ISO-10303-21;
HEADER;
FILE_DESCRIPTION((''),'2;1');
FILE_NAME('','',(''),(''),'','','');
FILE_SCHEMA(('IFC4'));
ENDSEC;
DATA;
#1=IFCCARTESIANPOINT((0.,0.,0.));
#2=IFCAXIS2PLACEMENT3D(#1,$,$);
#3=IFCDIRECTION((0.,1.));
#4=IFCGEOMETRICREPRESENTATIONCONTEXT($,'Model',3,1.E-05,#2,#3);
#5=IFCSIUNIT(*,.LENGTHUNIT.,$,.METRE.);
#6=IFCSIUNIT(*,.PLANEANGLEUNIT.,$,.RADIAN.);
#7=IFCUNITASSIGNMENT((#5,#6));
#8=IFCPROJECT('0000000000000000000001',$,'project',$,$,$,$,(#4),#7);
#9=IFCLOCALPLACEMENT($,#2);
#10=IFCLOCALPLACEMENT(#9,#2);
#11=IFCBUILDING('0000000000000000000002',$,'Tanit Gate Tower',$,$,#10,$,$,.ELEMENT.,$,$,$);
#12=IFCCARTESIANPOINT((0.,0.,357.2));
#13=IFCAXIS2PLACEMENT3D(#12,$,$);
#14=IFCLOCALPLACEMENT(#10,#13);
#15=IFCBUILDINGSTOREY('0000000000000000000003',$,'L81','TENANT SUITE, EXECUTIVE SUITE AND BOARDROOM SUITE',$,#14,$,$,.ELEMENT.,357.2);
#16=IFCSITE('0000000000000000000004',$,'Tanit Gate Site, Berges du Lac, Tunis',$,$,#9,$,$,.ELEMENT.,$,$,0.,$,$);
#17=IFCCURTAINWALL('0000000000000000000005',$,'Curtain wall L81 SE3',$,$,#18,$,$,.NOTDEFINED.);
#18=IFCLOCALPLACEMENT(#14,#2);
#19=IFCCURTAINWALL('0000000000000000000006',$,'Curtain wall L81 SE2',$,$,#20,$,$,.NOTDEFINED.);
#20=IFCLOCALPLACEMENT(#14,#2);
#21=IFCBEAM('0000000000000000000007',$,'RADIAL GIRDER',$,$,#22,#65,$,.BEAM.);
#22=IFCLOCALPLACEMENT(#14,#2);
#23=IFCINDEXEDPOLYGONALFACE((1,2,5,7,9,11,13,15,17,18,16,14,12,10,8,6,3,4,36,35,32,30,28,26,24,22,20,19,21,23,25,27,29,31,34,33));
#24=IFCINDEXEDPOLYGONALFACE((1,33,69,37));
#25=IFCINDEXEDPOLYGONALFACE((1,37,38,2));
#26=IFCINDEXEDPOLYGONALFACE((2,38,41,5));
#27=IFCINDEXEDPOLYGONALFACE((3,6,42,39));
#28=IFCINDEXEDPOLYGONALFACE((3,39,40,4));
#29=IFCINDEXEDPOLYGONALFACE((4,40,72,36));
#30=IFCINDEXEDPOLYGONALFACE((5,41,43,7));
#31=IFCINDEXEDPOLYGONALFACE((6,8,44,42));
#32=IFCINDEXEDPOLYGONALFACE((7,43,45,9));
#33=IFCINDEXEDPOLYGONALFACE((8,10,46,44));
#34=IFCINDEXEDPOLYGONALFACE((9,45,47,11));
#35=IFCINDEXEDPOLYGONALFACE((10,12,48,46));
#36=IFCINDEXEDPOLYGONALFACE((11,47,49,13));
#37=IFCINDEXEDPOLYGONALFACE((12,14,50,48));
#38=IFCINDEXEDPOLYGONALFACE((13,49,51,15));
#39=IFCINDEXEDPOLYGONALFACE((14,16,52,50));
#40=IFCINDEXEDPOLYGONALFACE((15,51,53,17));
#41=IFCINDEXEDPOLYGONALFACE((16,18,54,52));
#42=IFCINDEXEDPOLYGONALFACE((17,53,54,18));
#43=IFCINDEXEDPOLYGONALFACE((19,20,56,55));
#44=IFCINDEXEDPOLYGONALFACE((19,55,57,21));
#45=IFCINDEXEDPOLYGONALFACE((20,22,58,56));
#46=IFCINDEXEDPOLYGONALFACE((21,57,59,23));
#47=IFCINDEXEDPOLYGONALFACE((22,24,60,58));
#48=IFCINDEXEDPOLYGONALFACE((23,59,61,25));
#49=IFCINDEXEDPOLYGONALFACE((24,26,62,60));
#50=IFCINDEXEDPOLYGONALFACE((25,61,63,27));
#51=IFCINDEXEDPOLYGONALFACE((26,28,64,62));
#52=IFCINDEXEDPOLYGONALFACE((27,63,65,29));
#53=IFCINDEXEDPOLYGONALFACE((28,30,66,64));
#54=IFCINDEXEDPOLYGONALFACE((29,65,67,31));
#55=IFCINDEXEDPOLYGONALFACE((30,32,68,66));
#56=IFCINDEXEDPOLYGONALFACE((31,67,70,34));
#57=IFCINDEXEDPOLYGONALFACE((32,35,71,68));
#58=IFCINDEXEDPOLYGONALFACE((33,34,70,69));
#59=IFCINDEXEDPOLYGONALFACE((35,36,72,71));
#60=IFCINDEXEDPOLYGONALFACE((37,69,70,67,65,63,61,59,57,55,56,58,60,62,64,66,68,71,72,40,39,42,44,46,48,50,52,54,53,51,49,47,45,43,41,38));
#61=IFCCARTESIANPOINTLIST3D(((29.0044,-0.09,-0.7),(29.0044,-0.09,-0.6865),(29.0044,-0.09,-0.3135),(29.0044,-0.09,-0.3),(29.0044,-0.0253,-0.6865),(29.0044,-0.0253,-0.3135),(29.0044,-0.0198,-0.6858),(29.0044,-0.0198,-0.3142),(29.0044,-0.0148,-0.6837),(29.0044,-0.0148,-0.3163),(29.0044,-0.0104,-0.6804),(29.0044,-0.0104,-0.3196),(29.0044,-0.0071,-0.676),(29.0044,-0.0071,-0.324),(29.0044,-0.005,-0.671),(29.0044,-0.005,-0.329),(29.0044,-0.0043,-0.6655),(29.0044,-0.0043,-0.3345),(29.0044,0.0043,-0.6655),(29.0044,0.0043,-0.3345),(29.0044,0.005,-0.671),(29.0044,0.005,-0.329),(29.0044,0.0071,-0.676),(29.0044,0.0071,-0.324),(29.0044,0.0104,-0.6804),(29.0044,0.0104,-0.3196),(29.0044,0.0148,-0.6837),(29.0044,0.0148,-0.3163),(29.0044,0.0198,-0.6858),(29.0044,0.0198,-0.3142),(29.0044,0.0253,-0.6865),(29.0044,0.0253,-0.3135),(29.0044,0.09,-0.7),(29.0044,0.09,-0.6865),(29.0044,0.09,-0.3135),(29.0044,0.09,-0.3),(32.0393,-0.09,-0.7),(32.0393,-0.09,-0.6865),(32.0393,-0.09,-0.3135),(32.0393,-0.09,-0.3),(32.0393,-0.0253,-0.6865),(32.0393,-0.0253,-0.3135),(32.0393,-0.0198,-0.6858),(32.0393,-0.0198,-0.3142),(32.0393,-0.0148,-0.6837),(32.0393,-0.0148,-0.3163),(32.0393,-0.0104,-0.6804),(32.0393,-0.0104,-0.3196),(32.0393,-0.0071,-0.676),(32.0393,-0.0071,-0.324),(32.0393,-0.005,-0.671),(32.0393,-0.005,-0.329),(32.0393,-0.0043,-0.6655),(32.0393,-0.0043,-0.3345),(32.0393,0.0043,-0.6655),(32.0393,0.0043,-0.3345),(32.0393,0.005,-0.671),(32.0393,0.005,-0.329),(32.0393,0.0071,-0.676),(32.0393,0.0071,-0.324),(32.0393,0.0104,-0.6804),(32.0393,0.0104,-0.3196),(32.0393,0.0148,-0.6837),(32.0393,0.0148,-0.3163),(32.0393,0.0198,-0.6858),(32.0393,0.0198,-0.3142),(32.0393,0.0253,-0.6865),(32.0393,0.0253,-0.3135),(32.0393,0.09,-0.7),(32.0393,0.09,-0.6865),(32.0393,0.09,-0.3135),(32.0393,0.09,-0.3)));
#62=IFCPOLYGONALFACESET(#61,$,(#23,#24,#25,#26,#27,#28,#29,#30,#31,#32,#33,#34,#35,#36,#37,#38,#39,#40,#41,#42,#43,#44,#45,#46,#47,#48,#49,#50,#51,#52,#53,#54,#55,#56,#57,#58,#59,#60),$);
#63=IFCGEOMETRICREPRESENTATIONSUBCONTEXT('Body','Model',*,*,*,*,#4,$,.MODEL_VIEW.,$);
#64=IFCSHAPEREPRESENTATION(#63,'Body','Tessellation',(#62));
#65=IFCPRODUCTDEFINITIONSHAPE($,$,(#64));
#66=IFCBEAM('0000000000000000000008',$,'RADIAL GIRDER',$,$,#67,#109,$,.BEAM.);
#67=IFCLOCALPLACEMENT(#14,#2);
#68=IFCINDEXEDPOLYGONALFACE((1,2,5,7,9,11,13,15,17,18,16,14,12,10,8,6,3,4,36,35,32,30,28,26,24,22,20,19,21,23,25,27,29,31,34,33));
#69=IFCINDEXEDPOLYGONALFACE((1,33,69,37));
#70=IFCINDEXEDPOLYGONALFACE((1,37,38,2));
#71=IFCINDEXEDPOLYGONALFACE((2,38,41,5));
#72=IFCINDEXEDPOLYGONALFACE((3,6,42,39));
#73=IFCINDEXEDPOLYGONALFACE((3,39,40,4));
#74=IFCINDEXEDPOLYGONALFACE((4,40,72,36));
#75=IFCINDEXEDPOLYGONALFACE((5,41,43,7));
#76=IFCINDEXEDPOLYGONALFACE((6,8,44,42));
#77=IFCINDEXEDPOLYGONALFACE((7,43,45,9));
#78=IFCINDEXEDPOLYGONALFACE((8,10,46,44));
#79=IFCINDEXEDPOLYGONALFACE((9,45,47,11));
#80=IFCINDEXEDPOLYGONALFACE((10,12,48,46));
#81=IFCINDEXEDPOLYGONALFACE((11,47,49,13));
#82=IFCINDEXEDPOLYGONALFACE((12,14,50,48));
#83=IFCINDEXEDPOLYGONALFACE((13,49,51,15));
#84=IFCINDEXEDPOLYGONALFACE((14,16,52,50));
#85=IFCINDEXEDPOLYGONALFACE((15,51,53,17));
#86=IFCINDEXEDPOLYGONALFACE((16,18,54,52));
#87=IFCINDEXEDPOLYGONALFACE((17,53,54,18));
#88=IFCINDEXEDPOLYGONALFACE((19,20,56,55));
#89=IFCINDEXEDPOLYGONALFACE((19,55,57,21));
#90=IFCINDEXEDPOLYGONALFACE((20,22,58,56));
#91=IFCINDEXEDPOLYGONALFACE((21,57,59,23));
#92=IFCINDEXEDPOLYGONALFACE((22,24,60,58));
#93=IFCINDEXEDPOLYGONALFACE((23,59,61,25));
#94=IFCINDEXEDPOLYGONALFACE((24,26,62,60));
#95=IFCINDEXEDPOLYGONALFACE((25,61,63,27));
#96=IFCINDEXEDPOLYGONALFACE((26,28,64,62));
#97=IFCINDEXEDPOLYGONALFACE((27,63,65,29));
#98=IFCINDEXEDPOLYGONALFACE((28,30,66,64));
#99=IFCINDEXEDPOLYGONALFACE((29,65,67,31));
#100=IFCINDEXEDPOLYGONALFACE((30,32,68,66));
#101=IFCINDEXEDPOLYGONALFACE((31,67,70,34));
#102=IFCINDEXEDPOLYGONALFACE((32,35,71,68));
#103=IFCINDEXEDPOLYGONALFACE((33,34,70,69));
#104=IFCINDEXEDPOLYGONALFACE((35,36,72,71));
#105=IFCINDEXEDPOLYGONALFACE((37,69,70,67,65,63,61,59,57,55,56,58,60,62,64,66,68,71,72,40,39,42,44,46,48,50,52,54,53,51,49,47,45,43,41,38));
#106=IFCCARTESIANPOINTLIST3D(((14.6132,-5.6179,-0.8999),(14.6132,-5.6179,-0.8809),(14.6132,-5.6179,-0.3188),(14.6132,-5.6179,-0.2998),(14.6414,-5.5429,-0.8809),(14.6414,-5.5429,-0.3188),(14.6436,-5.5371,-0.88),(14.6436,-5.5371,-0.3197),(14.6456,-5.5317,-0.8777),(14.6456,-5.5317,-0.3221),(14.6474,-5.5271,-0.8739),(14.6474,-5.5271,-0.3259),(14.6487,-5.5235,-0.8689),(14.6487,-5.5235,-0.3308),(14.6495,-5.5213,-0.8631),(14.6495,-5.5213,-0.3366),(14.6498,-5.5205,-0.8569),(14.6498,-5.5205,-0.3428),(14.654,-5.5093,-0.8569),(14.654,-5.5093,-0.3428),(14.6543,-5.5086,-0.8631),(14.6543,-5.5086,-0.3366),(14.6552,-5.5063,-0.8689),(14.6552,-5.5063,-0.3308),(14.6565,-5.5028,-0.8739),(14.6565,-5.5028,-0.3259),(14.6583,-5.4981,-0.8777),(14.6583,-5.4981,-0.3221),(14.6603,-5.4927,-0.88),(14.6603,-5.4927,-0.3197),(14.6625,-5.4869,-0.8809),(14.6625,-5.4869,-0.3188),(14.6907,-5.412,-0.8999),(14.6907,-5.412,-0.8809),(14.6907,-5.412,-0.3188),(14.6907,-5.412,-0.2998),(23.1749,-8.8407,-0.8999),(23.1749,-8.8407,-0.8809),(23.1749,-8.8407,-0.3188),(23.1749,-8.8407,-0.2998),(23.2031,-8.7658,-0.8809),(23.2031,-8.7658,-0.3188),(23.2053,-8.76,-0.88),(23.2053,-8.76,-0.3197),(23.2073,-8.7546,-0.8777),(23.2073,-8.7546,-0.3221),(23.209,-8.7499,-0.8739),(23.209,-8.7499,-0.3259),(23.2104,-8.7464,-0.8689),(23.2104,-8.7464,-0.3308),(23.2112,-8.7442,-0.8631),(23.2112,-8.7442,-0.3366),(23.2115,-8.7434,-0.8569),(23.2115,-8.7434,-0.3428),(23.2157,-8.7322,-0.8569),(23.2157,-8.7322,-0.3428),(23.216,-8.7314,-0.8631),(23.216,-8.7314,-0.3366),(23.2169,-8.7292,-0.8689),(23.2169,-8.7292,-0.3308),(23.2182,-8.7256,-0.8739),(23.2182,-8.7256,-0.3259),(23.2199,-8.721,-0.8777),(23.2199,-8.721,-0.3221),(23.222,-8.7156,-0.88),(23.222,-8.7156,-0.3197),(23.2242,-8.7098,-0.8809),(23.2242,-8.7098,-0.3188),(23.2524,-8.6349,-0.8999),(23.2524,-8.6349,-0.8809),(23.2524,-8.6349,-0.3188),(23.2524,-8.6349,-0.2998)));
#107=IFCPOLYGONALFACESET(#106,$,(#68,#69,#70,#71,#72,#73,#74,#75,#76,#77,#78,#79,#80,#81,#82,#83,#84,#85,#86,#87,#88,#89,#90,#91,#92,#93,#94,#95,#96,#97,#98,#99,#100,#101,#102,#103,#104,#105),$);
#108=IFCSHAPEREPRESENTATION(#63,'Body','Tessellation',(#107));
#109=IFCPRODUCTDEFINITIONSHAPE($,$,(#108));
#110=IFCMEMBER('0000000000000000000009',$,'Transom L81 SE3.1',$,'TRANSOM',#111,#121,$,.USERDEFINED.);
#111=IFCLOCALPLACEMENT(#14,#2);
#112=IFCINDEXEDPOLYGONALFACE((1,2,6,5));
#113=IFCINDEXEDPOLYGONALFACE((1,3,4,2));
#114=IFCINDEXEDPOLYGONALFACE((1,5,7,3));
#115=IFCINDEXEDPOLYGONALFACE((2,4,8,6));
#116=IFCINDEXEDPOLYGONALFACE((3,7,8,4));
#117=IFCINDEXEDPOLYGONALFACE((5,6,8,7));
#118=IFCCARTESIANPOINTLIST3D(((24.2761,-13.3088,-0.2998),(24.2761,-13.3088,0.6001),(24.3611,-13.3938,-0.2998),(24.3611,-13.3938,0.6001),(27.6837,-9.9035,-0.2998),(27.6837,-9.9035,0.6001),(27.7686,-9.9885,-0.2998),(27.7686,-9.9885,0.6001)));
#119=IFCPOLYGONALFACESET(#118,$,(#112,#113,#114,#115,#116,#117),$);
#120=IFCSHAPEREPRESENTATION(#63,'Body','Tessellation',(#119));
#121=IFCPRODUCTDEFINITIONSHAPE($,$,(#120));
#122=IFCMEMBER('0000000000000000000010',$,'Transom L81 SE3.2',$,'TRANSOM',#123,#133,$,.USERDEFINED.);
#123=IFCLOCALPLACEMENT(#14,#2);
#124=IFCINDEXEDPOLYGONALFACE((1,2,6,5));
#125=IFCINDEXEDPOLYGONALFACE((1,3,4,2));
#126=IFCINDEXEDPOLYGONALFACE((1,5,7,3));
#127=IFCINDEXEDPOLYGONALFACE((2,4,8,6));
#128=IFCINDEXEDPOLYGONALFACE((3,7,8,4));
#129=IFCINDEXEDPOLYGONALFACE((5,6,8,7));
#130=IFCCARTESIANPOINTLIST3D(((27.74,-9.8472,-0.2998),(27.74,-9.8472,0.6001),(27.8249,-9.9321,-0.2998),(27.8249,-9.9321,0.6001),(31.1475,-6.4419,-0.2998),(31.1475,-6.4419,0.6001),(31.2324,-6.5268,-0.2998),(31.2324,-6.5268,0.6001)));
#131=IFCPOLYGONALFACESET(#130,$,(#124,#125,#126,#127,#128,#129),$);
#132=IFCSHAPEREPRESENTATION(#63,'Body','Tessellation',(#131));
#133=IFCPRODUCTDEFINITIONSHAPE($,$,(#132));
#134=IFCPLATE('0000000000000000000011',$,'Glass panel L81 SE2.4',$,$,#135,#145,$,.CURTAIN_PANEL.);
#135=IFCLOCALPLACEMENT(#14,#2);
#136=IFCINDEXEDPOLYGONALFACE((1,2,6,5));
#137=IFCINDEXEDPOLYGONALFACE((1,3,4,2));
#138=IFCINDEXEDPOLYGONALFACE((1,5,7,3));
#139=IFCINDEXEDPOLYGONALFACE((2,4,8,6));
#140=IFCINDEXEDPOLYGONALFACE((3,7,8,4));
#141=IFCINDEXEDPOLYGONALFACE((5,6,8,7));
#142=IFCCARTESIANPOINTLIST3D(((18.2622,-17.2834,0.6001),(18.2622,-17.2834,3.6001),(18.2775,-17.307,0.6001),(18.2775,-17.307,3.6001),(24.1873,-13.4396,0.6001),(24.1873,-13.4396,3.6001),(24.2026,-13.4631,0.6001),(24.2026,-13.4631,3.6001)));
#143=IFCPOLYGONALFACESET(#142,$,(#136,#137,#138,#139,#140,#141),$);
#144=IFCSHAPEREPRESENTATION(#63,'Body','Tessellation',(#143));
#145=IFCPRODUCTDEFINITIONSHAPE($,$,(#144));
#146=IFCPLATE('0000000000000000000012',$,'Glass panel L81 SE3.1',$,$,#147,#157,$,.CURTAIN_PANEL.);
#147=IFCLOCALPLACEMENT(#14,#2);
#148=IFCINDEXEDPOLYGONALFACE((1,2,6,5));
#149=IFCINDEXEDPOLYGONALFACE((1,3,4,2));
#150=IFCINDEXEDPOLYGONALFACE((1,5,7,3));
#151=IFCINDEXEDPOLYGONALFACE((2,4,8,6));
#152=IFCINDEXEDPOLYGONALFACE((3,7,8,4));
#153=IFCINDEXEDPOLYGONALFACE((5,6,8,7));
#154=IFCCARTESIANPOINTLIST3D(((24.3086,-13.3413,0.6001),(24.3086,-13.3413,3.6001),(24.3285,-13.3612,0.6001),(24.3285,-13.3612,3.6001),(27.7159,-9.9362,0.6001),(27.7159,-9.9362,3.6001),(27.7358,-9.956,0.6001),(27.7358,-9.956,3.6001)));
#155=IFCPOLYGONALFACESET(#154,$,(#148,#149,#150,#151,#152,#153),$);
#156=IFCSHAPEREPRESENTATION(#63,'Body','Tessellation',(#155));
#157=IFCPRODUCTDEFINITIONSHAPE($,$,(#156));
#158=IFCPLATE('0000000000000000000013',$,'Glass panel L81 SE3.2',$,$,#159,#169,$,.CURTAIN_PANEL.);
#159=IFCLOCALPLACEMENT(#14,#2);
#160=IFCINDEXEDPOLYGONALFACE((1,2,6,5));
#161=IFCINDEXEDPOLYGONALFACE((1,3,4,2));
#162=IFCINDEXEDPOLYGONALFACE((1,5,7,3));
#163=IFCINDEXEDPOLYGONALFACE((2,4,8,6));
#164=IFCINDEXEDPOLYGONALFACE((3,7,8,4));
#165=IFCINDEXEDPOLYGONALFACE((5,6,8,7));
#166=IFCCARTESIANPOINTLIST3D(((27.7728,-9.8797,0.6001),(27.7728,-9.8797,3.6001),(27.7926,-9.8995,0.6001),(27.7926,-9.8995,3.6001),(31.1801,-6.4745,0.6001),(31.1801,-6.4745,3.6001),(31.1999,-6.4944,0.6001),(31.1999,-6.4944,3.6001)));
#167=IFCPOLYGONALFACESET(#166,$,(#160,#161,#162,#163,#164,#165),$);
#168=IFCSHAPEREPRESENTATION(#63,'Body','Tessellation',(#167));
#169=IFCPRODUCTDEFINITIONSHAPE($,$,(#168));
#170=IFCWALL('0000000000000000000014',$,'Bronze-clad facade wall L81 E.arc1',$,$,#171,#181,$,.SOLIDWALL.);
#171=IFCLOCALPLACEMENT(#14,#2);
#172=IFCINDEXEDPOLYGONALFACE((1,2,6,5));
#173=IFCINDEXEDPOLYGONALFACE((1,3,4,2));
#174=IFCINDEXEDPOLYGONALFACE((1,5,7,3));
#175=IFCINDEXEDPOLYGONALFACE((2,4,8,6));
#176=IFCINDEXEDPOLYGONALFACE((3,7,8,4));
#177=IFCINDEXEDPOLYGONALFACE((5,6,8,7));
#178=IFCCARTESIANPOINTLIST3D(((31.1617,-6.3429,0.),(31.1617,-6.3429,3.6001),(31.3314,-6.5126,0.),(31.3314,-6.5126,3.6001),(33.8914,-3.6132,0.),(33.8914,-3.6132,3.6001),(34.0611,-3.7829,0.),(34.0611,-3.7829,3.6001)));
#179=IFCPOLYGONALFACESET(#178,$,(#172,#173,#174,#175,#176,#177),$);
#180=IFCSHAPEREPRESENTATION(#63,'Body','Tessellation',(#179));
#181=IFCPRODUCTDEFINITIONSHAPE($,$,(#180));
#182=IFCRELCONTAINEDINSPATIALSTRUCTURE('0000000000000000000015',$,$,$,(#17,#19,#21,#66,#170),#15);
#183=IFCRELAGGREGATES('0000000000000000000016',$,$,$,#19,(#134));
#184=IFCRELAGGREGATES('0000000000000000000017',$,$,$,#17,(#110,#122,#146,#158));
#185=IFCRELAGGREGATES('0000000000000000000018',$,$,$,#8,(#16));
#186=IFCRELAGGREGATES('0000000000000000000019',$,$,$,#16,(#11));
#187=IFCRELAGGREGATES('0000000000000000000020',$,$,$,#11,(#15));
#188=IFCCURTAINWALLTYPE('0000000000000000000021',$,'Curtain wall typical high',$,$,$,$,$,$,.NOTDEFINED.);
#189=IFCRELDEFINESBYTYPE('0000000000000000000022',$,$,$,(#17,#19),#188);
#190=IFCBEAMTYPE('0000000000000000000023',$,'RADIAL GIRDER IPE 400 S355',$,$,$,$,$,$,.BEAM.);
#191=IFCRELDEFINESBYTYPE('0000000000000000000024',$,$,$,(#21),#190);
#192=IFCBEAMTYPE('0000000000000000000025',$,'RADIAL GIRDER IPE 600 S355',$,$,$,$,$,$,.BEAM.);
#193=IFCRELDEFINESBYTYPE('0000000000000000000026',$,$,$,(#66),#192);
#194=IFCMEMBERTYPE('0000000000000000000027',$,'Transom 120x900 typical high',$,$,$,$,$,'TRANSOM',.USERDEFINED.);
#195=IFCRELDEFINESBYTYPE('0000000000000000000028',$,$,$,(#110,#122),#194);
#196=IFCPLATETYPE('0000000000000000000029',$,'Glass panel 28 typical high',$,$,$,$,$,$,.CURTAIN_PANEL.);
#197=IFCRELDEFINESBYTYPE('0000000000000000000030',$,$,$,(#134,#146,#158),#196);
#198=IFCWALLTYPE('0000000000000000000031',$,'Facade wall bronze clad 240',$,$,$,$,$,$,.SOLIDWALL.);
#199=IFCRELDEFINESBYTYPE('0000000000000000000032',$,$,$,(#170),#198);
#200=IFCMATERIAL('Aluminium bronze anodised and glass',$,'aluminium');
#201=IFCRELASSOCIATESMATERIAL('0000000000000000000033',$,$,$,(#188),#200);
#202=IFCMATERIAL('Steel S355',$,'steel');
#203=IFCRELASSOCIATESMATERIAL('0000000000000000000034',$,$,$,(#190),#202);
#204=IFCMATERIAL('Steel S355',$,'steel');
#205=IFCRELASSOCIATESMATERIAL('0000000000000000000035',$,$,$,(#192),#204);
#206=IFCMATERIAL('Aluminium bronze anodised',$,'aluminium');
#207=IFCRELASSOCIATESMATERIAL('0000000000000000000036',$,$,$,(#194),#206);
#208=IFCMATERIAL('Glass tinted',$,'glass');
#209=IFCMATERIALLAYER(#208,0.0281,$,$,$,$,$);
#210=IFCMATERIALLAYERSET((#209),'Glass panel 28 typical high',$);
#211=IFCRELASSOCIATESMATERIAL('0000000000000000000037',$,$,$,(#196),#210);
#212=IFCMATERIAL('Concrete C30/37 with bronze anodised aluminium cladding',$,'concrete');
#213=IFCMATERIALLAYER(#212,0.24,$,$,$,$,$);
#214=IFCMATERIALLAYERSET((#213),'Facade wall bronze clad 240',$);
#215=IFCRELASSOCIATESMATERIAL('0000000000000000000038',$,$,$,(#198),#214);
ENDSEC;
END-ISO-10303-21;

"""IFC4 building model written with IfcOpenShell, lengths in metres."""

from ifc_helpers import new_model, si_unit, direction, frame, frame_2d, origin, origin_2d, place, context, subcontext, project, spatial, rectangle, i_section, extrude, material, layer, layer_set, material_profile, profile_set, type_object, element, aggregate, save


model = new_model("IFC4")

# Units and contexts
model_context = context("Model", 3, precision=1e-05, world=origin(), true_north=direction((0.0, 1.0)))
body_context = subcontext(model_context, "Body", "Model", "MODEL_VIEW")
ifc_project = project(units=[si_unit("LENGTHUNIT", "METRE"), si_unit("PLANEANGLEUNIT", "RADIAN")], contexts=[model_context])

# Site, building, storey
site_placement = place(None, origin())
site = spatial("IfcSite", under=ifc_project, at=site_placement, Name="Tanit Gate Site, Berges du Lac, Tunis", CompositionType="ELEMENT", RefElevation=0.0)
building_placement = place(site_placement, origin())
building = spatial("IfcBuilding", under=site, at=building_placement, Name="Tanit Gate Tower", CompositionType="ELEMENT")
storey_placement = place(building_placement, frame((0.0, 0.0, 357.2)))
storey = spatial("IfcBuildingStorey", under=building, at=storey_placement, Name="L81", Description="TENANT SUITE, EXECUTIVE SUITE AND BOARDROOM SUITE", CompositionType="ELEMENT", Elevation=357.2)

# Curtain wall
ifc_material_1 = material(Name="Aluminium bronze anodised and glass", Category="aluminium")
curtain_wall_type = type_object("IfcCurtainWallType", Name="Curtain wall typical high", PredefinedType="NOTDEFINED", material=ifc_material_1)
curtain_wall_1_placement = place(storey_placement, origin())
curtain_wall_1 = element("IfcCurtainWall", 1, at=curtain_wall_1_placement, inside=storey, type_object=curtain_wall_type, Name="Curtain wall L81 SE3", PredefinedType="NOTDEFINED")

# Curtain wall
curtain_wall_2_placement = place(storey_placement, origin())
curtain_wall_2 = element("IfcCurtainWall", 2, at=curtain_wall_2_placement, inside=storey, type_object=curtain_wall_type, Name="Curtain wall L81 SE2", PredefinedType="NOTDEFINED")

# Beams
ifc_material_2 = material(Name="Steel S355", Category="steel")
ifc_material_profile_1 = material_profile(ifc_material_2, i_section(OverallWidth=0.1799, OverallDepth=0.3999, WebThickness=0.0085, FlangeThickness=0.0134, FilletRadius=0.021, at=origin_2d()), Name="IPE 400")
ifc_profile_set_1 = profile_set([ifc_material_profile_1], Name="Steel S355")
beam_type_1 = type_object("IfcBeamType", Name="RADIAL GIRDER IPE 400 S355", PredefinedType="BEAM", material=ifc_profile_set_1)
beam_1_placement = place(storey_placement, frame((32.0393, 0.0, -0.5), z_axis=(-1.0, 0.0, 0.0), x_axis=(0.0, -1.0, 0.0)))
element("IfcBeam", 3, at=beam_1_placement, inside=storey, type_object=beam_type_1, Name="RADIAL GIRDER", PredefinedType="BEAM", context=body_context, shape_type="SweptSolid", body=[
    extrude(i_section(OverallWidth=0.1799, OverallDepth=0.3999, WebThickness=0.0085, FlangeThickness=0.0134, FilletRadius=0.021, at=origin_2d()), origin(), (0.0, 0.0, 1.0), 3.0349),
])
ifc_material_3 = material(Name="Steel S355", Category="steel")
ifc_material_profile_2 = material_profile(ifc_material_3, i_section(OverallWidth=0.22, OverallDepth=0.6001, WebThickness=0.012, FlangeThickness=0.019, FilletRadius=0.0239, at=origin_2d()), Name="IPE 600")
ifc_profile_set_2 = profile_set([ifc_material_profile_2], Name="Steel S355")
beam_type_2 = type_object("IfcBeamType", Name="RADIAL GIRDER IPE 600 S355", PredefinedType="BEAM", material=ifc_profile_set_2)
beam_2_placement = place(storey_placement, frame((23.2136, -8.7378, -0.5999), z_axis=(-0.935889, 0.352296, 0.0), x_axis=(-0.352296, -0.935889, 0.0)))
element("IfcBeam", 4, at=beam_2_placement, inside=storey, type_object=beam_type_2, Name="RADIAL GIRDER", PredefinedType="BEAM", context=body_context, shape_type="SweptSolid", body=[
    extrude(i_section(OverallWidth=0.22, OverallDepth=0.6001, WebThickness=0.012, FlangeThickness=0.019, FilletRadius=0.0239, at=origin_2d()), origin(), (0.0, 0.0, 1.0), 9.1482),
])

# Members
ifc_material_4 = material(Name="Aluminium bronze anodised", Category="aluminium")
ifc_material_profile_3 = material_profile(ifc_material_4, rectangle(XDim=0.1201, YDim=0.8999, at=origin_2d()), Name="120x900 bronze transom")
ifc_profile_set_3 = profile_set([ifc_material_profile_3], Name="Aluminium bronze anodised")
member_type_1 = type_object("IfcMemberType", Name="Transom 120x900 typical high", ElementType="TRANSOM", PredefinedType="USERDEFINED", material=ifc_profile_set_3)
member_1_placement = place(storey_placement, frame((24.3186, -13.3513, 0.1501), z_axis=(0.707335, 0.706879, 0.0), x_axis=(-0.706879, 0.707335, 0.0)))
member_1 = element("IfcMember", 5, at=member_1_placement, type_object=member_type_1, Name="Transom L81 SE3.1", ObjectType="TRANSOM", PredefinedType="USERDEFINED", context=body_context, shape_type="SweptSolid", body=[
    extrude(rectangle(XDim=0.1201, YDim=0.8999, at=origin_2d()), origin(), (0.0, 0.0, 1.0), 4.8174),
])
member_2_placement = place(storey_placement, frame((27.7825, -9.8896, 0.1501), z_axis=(0.707335, 0.706879, 0.0), x_axis=(-0.706879, 0.707335, 0.0)))
member_2 = element("IfcMember", 6, at=member_2_placement, type_object=member_type_1, Name="Transom L81 SE3.2", ObjectType="TRANSOM", PredefinedType="USERDEFINED", context=body_context, shape_type="SweptSolid", body=[
    extrude(rectangle(XDim=0.1201, YDim=0.8999, at=origin_2d()), origin(), (0.0, 0.0, 1.0), 4.8174),
])

# Plates
ifc_material_5 = material(Name="Glass tinted", Category="glass")
ifc_layer_1 = layer(ifc_material_5, 0.0281)
ifc_layer_set_1 = layer_set([ifc_layer_1], Name="Glass panel 28 typical high")
plate_type = type_object("IfcPlateType", Name="Glass panel 28 typical high", PredefinedType="CURTAIN_PANEL", material=ifc_layer_set_1)
plate_1_placement = place(storey_placement, frame((21.2324, -15.3733, 0.6001), z_axis=(0.0, 0.0, 1.0), x_axis=(0.838927, 0.544243, 0.0)))
plate_1 = element("IfcPlate", 7, at=plate_1_placement, type_object=plate_type, Name="Glass panel L81 SE2.4", PredefinedType="CURTAIN_PANEL", context=body_context, shape_type="SweptSolid", body=[
    extrude(rectangle(XDim=7.0627, YDim=0.0281, at=origin_2d()), origin(), (0.0, 0.0, 1.0), 3.0),
])
aggregate(curtain_wall_2, [plate_1])
plate_2_placement = place(storey_placement, frame((26.0222, -11.6487, 0.6001), z_axis=(0.0, 0.0, 1.0), x_axis=(0.707329, 0.706885, 0.0)))
plate_2 = element("IfcPlate", 8, at=plate_2_placement, type_object=plate_type, Name="Glass panel L81 SE3.1", PredefinedType="CURTAIN_PANEL", context=body_context, shape_type="SweptSolid", body=[
    extrude(rectangle(XDim=4.8171, YDim=0.0281, at=origin_2d()), origin(), (0.0, 0.0, 1.0), 3.0),
])
plate_3_placement = place(storey_placement, frame((29.4863, -8.187, 0.6001), z_axis=(0.0, 0.0, 1.0), x_axis=(0.707329, 0.706885, 0.0)))
plate_3 = element("IfcPlate", 9, at=plate_3_placement, type_object=plate_type, Name="Glass panel L81 SE3.2", PredefinedType="CURTAIN_PANEL", context=body_context, shape_type="SweptSolid", body=[
    extrude(rectangle(XDim=4.8171, YDim=0.0281, at=origin_2d()), origin(), (0.0, 0.0, 1.0), 3.0),
])
aggregate(curtain_wall_1, [member_1, member_2, plate_2, plate_3])

# Wall
ifc_material_6 = material(Name="Concrete C30/37 with bronze anodised aluminium cladding", Category="concrete")
ifc_layer_2 = layer(ifc_material_6, 0.24)
ifc_layer_set_2 = layer_set([ifc_layer_2], Name="Facade wall bronze clad 240")
wall_type_1 = type_object("IfcWallType", Name="Facade wall bronze clad 240", PredefinedType="SOLIDWALL", material=ifc_layer_set_2)
wall_1_placement = place(storey_placement, frame((31.2466, -6.4277, 0.0), z_axis=(0.0, 0.0, 1.0), x_axis=(0.707107, 0.707107, 0.0)))
element("IfcWall", 10, at=wall_1_placement, inside=storey, type_object=wall_type_1, Name="Bronze-clad facade wall L81 E.arc1", PredefinedType="SOLIDWALL", context=body_context, shape_type="SweptSolid", body=[
    extrude(rectangle(XDim=3.8604, YDim=0.24, at=frame_2d((1.9302, 0.0))), origin(), (0.0, 0.0, 1.0), 3.6001),
])

save(model, "model.ifc")
